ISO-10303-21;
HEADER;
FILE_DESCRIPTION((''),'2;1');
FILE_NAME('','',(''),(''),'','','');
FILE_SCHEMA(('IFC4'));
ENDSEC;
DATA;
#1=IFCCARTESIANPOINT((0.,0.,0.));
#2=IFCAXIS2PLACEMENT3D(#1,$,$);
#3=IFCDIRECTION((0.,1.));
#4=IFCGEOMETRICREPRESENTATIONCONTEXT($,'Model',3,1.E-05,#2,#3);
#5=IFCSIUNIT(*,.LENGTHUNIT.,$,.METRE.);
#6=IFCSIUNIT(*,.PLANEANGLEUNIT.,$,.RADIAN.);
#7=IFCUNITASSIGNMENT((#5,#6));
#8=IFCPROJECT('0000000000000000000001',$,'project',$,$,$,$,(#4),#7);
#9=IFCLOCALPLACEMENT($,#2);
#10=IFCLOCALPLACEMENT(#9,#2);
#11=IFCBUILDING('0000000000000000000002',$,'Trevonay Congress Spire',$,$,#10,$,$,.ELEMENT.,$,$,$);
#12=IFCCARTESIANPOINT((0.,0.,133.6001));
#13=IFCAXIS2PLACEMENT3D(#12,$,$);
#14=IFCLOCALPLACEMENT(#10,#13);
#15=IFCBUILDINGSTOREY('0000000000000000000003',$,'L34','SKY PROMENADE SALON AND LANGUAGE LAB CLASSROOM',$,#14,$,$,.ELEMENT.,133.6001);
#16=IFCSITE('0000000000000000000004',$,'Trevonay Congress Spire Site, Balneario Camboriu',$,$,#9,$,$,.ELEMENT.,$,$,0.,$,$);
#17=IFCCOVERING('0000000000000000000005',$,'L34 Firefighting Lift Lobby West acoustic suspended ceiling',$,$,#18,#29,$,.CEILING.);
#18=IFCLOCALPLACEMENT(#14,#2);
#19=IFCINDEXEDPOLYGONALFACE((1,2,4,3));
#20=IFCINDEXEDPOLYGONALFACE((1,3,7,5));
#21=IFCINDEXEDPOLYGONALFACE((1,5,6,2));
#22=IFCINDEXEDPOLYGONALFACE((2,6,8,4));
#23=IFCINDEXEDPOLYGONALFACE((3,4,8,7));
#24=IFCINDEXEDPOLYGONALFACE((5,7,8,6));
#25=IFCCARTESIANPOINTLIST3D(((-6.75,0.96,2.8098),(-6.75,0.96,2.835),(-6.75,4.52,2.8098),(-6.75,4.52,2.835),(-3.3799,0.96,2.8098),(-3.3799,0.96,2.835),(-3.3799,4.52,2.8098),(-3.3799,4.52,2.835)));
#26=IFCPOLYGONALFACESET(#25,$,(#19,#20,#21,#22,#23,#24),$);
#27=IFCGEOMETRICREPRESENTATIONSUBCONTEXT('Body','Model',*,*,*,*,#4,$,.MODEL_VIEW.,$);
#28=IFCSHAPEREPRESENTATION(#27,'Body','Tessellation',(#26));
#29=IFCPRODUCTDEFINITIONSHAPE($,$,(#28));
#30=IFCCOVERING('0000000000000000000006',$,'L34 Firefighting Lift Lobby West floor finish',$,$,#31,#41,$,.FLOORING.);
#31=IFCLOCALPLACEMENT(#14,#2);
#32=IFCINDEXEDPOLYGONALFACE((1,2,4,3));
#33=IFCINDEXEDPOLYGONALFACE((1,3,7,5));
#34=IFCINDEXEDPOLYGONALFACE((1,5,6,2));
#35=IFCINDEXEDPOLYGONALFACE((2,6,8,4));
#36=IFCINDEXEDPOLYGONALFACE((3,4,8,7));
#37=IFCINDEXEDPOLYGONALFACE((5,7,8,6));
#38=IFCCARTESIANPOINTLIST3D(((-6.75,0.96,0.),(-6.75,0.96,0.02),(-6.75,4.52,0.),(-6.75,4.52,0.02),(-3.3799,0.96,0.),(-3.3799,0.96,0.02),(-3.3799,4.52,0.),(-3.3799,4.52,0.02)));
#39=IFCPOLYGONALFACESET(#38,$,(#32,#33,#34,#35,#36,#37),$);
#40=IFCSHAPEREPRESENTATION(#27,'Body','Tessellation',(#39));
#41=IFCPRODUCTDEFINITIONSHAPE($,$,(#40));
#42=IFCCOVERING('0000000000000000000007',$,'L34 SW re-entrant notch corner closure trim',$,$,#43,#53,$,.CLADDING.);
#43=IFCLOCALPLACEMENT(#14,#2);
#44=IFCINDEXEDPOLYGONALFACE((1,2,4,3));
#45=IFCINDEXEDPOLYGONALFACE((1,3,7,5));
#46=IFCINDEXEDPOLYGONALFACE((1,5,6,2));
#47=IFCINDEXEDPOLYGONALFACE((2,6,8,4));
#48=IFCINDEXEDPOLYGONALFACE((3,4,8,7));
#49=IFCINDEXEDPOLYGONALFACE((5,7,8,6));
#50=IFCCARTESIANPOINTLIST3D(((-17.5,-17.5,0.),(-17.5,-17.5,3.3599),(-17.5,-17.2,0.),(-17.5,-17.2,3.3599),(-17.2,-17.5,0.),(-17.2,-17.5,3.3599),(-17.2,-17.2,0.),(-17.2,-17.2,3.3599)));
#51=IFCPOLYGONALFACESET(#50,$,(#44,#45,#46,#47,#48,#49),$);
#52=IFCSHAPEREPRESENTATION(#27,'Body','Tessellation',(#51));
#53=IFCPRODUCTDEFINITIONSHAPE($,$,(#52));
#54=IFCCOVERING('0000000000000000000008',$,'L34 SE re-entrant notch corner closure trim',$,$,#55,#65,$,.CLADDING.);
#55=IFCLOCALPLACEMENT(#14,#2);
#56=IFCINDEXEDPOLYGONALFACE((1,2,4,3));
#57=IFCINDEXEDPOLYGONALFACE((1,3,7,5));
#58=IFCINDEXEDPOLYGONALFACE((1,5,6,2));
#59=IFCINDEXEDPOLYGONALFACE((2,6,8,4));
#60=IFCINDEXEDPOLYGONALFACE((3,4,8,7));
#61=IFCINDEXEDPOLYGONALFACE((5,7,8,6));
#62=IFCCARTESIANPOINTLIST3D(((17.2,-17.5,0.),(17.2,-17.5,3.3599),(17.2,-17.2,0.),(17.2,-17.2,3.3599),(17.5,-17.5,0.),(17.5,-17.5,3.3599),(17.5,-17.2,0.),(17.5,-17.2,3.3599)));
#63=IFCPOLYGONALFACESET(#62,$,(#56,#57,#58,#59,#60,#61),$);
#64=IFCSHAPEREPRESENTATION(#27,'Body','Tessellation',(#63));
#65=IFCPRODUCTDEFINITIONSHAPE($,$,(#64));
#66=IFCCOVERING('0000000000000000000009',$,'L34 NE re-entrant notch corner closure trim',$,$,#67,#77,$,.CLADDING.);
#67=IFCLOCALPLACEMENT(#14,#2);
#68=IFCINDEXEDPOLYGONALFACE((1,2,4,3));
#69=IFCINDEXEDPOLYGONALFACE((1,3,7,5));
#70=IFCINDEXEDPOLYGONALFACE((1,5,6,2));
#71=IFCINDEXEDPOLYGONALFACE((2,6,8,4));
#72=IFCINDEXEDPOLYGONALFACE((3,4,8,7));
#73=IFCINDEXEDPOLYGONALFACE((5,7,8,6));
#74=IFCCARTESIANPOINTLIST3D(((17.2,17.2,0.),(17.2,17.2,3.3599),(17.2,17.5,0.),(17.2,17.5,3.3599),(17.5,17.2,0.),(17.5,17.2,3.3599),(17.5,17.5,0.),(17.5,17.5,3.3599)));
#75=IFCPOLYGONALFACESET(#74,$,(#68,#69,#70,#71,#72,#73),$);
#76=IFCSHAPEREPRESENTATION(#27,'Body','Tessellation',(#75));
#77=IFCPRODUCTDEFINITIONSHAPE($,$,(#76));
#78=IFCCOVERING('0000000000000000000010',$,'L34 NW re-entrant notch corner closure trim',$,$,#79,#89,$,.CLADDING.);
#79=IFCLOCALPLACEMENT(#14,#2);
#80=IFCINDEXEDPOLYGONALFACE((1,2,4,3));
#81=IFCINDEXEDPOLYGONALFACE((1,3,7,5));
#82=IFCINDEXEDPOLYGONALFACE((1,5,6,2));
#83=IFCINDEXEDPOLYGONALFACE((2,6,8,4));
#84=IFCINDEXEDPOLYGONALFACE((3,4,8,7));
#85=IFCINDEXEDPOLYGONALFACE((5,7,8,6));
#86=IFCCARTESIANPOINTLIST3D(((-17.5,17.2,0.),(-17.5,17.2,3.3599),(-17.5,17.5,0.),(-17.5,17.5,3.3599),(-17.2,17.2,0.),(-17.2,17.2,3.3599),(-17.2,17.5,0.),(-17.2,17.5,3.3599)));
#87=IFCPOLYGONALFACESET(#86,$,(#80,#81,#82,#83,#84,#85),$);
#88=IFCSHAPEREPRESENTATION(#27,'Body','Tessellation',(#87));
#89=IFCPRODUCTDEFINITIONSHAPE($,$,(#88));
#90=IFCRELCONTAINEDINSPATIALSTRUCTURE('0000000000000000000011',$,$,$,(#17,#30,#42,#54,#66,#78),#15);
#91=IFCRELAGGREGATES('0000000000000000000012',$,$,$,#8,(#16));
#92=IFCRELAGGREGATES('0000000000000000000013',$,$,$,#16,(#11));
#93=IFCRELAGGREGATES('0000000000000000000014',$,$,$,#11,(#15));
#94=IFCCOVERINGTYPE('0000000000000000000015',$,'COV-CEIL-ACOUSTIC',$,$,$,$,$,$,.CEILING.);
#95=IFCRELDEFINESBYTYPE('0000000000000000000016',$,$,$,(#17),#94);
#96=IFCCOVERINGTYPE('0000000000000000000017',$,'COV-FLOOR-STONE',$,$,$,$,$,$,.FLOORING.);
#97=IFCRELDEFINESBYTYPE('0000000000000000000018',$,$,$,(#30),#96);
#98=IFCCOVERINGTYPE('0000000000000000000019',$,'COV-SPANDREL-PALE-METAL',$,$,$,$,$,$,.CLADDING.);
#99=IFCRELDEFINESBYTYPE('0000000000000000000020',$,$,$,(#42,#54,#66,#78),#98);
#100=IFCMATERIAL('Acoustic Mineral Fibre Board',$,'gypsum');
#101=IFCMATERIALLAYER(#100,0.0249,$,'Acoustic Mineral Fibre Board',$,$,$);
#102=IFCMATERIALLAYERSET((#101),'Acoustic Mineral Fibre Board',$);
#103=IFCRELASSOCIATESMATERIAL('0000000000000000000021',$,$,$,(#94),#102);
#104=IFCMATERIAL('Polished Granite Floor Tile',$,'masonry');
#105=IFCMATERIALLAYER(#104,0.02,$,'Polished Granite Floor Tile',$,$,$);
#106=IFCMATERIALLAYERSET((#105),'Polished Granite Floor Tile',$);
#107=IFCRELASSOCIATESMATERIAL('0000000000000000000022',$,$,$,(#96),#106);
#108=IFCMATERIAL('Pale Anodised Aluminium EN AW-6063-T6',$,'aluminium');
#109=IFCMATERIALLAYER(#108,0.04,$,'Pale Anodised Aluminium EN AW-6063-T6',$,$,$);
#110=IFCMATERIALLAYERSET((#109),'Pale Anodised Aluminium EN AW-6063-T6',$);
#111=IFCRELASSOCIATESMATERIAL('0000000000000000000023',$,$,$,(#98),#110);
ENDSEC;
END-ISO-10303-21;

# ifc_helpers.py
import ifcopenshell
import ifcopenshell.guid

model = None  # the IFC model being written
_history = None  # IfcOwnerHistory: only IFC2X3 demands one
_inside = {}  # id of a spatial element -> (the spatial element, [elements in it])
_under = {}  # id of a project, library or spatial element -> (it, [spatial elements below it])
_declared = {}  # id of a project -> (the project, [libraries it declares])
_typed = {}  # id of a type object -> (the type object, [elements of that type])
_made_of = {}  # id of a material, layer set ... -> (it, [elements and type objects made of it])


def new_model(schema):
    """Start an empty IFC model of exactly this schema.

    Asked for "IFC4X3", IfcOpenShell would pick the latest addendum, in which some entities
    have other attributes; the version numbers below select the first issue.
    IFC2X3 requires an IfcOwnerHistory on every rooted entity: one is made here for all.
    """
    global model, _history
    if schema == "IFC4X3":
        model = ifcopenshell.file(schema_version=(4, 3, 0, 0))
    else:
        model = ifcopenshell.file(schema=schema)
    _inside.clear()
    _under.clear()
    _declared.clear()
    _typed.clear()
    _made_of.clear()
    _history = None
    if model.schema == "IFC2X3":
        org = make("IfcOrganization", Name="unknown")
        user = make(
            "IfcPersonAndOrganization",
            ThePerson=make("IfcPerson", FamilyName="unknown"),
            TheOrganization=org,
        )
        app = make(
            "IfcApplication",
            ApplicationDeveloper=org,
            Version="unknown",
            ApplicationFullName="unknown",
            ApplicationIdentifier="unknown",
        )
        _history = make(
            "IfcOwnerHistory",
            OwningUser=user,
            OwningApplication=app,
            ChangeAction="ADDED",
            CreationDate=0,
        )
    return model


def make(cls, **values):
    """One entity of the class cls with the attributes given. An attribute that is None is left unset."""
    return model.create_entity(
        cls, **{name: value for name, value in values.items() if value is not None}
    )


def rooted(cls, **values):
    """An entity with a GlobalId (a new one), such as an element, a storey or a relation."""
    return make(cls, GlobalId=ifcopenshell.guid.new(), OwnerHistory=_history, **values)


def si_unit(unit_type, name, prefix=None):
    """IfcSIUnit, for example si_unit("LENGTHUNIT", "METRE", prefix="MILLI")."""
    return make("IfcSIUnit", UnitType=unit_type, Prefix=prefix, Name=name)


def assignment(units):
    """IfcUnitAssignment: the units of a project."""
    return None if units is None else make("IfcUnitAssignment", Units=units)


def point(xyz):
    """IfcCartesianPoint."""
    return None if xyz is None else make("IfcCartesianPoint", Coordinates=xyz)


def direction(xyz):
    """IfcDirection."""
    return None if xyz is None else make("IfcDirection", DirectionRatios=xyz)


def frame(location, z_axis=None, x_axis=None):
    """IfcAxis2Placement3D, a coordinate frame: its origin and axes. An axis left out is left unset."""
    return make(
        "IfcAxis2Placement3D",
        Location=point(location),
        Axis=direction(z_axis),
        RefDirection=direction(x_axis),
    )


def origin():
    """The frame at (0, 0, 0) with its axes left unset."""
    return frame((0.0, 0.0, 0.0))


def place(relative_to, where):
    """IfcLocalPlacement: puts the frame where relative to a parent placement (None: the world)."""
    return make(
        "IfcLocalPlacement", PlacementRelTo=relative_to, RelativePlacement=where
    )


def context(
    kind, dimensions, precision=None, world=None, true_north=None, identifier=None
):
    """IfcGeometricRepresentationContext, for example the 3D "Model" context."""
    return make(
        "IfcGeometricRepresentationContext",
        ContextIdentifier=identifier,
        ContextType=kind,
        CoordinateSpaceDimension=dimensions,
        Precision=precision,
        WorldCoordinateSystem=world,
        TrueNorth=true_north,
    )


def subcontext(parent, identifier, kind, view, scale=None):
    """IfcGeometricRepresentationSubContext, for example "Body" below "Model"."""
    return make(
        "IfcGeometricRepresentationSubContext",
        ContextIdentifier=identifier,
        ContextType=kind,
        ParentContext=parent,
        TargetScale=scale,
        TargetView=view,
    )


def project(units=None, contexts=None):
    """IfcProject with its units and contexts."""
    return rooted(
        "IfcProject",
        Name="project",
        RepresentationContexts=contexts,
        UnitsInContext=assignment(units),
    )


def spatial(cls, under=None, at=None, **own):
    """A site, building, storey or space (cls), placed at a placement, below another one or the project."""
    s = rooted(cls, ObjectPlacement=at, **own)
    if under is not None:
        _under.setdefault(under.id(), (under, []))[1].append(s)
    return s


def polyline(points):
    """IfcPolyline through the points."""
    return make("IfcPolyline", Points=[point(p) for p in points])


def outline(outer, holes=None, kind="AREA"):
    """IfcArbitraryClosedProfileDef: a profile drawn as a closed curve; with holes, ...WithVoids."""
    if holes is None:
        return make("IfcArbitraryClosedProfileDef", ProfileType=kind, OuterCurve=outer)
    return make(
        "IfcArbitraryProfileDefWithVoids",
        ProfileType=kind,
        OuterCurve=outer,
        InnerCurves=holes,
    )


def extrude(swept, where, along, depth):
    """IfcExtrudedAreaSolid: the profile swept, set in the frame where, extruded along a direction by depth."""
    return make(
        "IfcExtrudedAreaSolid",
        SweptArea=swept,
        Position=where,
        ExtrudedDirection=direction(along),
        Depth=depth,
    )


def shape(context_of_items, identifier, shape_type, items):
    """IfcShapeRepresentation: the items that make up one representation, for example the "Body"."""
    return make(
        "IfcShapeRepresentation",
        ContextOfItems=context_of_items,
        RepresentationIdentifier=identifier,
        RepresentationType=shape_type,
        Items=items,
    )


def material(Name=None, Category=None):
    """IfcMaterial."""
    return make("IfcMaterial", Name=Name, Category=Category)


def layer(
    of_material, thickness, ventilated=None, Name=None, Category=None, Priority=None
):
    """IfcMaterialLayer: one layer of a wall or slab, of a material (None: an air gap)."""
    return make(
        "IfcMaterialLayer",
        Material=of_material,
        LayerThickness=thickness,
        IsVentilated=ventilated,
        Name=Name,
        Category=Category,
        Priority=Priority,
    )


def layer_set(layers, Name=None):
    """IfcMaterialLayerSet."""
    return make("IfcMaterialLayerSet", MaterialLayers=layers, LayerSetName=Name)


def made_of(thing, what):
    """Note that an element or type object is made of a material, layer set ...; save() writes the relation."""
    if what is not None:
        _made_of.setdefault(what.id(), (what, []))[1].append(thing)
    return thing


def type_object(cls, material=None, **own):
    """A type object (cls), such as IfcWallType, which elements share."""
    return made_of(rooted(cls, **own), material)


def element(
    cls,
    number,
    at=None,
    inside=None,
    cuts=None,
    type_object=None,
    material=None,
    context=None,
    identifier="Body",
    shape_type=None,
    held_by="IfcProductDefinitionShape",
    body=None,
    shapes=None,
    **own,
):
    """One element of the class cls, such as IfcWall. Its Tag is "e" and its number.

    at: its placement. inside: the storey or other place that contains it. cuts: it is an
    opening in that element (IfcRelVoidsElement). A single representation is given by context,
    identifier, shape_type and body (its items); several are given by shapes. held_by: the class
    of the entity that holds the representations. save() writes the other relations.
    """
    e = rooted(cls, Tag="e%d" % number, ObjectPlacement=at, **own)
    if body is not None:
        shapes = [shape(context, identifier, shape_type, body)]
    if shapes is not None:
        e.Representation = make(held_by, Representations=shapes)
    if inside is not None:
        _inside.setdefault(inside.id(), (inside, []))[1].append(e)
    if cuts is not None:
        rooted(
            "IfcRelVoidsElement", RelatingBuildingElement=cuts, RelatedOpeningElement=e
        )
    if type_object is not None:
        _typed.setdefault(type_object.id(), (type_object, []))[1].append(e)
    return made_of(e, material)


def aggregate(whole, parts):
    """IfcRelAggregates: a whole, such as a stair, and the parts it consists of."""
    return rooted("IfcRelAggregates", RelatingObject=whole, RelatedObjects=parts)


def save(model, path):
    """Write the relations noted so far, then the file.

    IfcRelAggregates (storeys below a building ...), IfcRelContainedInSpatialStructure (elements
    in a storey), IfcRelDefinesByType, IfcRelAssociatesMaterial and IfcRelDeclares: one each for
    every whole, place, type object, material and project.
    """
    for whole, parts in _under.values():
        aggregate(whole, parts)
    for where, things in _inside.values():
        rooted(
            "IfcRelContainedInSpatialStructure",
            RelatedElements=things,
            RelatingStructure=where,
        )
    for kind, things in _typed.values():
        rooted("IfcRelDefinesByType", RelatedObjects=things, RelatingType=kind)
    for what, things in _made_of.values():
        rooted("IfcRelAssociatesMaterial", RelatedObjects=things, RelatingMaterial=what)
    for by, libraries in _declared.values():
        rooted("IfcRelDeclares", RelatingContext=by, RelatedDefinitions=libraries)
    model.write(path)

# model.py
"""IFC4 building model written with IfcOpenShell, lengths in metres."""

from ifc_helpers import new_model, si_unit, direction, frame, origin, place, context, subcontext, project, spatial, polyline, outline, extrude, material, layer, layer_set, type_object, element, save


model = new_model("IFC4")

# Units and contexts
model_context = context("Model", 3, precision=1e-05, world=origin(), true_north=direction((0.0, 1.0)))
body_context = subcontext(model_context, "Body", "Model", "MODEL_VIEW")
ifc_project = project(units=[si_unit("LENGTHUNIT", "METRE"), si_unit("PLANEANGLEUNIT", "RADIAN")], contexts=[model_context])

# Site, building, storey
site_placement = place(None, origin())
site = spatial("IfcSite", under=ifc_project, at=site_placement, Name="Trevonay Congress Spire Site, Balneario Camboriu", CompositionType="ELEMENT", RefElevation=0.0)
building_placement = place(site_placement, origin())
building = spatial("IfcBuilding", under=site, at=building_placement, Name="Trevonay Congress Spire", CompositionType="ELEMENT")
storey_placement = place(building_placement, frame((0.0, 0.0, 133.6001)))
storey = spatial("IfcBuildingStorey", under=building, at=storey_placement, Name="L34", Description="SKY PROMENADE SALON AND LANGUAGE LAB CLASSROOM", CompositionType="ELEMENT", Elevation=133.6001)

# Coverings
ifc_material_1 = material(Name="Acoustic Mineral Fibre Board", Category="gypsum")
ifc_layer_1 = layer(ifc_material_1, 0.0249, Name="Acoustic Mineral Fibre Board")
ifc_layer_set_1 = layer_set([ifc_layer_1], Name="Acoustic Mineral Fibre Board")
covering_type_1 = type_object("IfcCoveringType", Name="COV-CEIL-ACOUSTIC", PredefinedType="CEILING", material=ifc_layer_set_1)
covering_1_placement = place(storey_placement, frame((0.0, 0.0, 2.8098)))
element("IfcCovering", 1, at=covering_1_placement, inside=storey, type_object=covering_type_1, Name="L34 Firefighting Lift Lobby West acoustic suspended ceiling", PredefinedType="CEILING", context=body_context, shape_type="SweptSolid", body=[
    extrude(outline(polyline([(-6.75, 0.96), (-3.3799, 0.96), (-3.3799, 4.52), (-6.75, 4.52), (-6.75, 0.96)])), origin(), (0.0, 0.0, 1.0), 0.0251),
])
ifc_material_2 = material(Name="Polished Granite Floor Tile", Category="masonry")
ifc_layer_2 = layer(ifc_material_2, 0.02, Name="Polished Granite Floor Tile")
ifc_layer_set_2 = layer_set([ifc_layer_2], Name="Polished Granite Floor Tile")
covering_type_2 = type_object("IfcCoveringType", Name="COV-FLOOR-STONE", PredefinedType="FLOORING", material=ifc_layer_set_2)
covering_2_placement = place(storey_placement, origin())
element("IfcCovering", 2, at=covering_2_placement, inside=storey, type_object=covering_type_2, Name="L34 Firefighting Lift Lobby West floor finish", PredefinedType="FLOORING", context=body_context, shape_type="SweptSolid", body=[
    extrude(outline(polyline([(-6.75, 0.96), (-3.3799, 0.96), (-3.3799, 4.52), (-6.75, 4.52), (-6.75, 0.96)])), origin(), (0.0, 0.0, 1.0), 0.02),
])
ifc_material_3 = material(Name="Pale Anodised Aluminium EN AW-6063-T6", Category="aluminium")
ifc_layer_3 = layer(ifc_material_3, 0.04, Name="Pale Anodised Aluminium EN AW-6063-T6")
ifc_layer_set_3 = layer_set([ifc_layer_3], Name="Pale Anodised Aluminium EN AW-6063-T6")
covering_type_3 = type_object("IfcCoveringType", Name="COV-SPANDREL-PALE-METAL", PredefinedType="CLADDING", material=ifc_layer_set_3)
covering_3_placement = place(storey_placement, origin())
element("IfcCovering", 3, at=covering_3_placement, inside=storey, type_object=covering_type_3, Name="L34 SW re-entrant notch corner closure trim", PredefinedType="CLADDING", context=body_context, shape_type="SweptSolid", body=[
    extrude(outline(polyline([(-17.5, -17.5), (-17.2, -17.5), (-17.2, -17.2), (-17.5, -17.2), (-17.5, -17.5)])), origin(), (0.0, 0.0, 1.0), 3.3599),
])
covering_4_placement = place(storey_placement, origin())
element("IfcCovering", 4, at=covering_4_placement, inside=storey, type_object=covering_type_3, Name="L34 SE re-entrant notch corner closure trim", PredefinedType="CLADDING", context=body_context, shape_type="SweptSolid", body=[
    extrude(outline(polyline([(17.2, -17.5), (17.5, -17.5), (17.5, -17.2), (17.2, -17.2), (17.2, -17.5)])), origin(), (0.0, 0.0, 1.0), 3.3599),
])
covering_5_placement = place(storey_placement, origin())
element("IfcCovering", 5, at=covering_5_placement, inside=storey, type_object=covering_type_3, Name="L34 NE re-entrant notch corner closure trim", PredefinedType="CLADDING", context=body_context, shape_type="SweptSolid", body=[
    extrude(outline(polyline([(17.2, 17.2), (17.5, 17.2), (17.5, 17.5), (17.2, 17.5), (17.2, 17.2)])), origin(), (0.0, 0.0, 1.0), 3.3599),
])
covering_6_placement = place(storey_placement, origin())
element("IfcCovering", 6, at=covering_6_placement, inside=storey, type_object=covering_type_3, Name="L34 NW re-entrant notch corner closure trim", PredefinedType="CLADDING", context=body_context, shape_type="SweptSolid", body=[
    extrude(outline(polyline([(-17.5, 17.2), (-17.2, 17.2), (-17.2, 17.5), (-17.5, 17.5), (-17.5, 17.2)])), origin(), (0.0, 0.0, 1.0), 3.3599),
])

save(model, "model.ifc")
